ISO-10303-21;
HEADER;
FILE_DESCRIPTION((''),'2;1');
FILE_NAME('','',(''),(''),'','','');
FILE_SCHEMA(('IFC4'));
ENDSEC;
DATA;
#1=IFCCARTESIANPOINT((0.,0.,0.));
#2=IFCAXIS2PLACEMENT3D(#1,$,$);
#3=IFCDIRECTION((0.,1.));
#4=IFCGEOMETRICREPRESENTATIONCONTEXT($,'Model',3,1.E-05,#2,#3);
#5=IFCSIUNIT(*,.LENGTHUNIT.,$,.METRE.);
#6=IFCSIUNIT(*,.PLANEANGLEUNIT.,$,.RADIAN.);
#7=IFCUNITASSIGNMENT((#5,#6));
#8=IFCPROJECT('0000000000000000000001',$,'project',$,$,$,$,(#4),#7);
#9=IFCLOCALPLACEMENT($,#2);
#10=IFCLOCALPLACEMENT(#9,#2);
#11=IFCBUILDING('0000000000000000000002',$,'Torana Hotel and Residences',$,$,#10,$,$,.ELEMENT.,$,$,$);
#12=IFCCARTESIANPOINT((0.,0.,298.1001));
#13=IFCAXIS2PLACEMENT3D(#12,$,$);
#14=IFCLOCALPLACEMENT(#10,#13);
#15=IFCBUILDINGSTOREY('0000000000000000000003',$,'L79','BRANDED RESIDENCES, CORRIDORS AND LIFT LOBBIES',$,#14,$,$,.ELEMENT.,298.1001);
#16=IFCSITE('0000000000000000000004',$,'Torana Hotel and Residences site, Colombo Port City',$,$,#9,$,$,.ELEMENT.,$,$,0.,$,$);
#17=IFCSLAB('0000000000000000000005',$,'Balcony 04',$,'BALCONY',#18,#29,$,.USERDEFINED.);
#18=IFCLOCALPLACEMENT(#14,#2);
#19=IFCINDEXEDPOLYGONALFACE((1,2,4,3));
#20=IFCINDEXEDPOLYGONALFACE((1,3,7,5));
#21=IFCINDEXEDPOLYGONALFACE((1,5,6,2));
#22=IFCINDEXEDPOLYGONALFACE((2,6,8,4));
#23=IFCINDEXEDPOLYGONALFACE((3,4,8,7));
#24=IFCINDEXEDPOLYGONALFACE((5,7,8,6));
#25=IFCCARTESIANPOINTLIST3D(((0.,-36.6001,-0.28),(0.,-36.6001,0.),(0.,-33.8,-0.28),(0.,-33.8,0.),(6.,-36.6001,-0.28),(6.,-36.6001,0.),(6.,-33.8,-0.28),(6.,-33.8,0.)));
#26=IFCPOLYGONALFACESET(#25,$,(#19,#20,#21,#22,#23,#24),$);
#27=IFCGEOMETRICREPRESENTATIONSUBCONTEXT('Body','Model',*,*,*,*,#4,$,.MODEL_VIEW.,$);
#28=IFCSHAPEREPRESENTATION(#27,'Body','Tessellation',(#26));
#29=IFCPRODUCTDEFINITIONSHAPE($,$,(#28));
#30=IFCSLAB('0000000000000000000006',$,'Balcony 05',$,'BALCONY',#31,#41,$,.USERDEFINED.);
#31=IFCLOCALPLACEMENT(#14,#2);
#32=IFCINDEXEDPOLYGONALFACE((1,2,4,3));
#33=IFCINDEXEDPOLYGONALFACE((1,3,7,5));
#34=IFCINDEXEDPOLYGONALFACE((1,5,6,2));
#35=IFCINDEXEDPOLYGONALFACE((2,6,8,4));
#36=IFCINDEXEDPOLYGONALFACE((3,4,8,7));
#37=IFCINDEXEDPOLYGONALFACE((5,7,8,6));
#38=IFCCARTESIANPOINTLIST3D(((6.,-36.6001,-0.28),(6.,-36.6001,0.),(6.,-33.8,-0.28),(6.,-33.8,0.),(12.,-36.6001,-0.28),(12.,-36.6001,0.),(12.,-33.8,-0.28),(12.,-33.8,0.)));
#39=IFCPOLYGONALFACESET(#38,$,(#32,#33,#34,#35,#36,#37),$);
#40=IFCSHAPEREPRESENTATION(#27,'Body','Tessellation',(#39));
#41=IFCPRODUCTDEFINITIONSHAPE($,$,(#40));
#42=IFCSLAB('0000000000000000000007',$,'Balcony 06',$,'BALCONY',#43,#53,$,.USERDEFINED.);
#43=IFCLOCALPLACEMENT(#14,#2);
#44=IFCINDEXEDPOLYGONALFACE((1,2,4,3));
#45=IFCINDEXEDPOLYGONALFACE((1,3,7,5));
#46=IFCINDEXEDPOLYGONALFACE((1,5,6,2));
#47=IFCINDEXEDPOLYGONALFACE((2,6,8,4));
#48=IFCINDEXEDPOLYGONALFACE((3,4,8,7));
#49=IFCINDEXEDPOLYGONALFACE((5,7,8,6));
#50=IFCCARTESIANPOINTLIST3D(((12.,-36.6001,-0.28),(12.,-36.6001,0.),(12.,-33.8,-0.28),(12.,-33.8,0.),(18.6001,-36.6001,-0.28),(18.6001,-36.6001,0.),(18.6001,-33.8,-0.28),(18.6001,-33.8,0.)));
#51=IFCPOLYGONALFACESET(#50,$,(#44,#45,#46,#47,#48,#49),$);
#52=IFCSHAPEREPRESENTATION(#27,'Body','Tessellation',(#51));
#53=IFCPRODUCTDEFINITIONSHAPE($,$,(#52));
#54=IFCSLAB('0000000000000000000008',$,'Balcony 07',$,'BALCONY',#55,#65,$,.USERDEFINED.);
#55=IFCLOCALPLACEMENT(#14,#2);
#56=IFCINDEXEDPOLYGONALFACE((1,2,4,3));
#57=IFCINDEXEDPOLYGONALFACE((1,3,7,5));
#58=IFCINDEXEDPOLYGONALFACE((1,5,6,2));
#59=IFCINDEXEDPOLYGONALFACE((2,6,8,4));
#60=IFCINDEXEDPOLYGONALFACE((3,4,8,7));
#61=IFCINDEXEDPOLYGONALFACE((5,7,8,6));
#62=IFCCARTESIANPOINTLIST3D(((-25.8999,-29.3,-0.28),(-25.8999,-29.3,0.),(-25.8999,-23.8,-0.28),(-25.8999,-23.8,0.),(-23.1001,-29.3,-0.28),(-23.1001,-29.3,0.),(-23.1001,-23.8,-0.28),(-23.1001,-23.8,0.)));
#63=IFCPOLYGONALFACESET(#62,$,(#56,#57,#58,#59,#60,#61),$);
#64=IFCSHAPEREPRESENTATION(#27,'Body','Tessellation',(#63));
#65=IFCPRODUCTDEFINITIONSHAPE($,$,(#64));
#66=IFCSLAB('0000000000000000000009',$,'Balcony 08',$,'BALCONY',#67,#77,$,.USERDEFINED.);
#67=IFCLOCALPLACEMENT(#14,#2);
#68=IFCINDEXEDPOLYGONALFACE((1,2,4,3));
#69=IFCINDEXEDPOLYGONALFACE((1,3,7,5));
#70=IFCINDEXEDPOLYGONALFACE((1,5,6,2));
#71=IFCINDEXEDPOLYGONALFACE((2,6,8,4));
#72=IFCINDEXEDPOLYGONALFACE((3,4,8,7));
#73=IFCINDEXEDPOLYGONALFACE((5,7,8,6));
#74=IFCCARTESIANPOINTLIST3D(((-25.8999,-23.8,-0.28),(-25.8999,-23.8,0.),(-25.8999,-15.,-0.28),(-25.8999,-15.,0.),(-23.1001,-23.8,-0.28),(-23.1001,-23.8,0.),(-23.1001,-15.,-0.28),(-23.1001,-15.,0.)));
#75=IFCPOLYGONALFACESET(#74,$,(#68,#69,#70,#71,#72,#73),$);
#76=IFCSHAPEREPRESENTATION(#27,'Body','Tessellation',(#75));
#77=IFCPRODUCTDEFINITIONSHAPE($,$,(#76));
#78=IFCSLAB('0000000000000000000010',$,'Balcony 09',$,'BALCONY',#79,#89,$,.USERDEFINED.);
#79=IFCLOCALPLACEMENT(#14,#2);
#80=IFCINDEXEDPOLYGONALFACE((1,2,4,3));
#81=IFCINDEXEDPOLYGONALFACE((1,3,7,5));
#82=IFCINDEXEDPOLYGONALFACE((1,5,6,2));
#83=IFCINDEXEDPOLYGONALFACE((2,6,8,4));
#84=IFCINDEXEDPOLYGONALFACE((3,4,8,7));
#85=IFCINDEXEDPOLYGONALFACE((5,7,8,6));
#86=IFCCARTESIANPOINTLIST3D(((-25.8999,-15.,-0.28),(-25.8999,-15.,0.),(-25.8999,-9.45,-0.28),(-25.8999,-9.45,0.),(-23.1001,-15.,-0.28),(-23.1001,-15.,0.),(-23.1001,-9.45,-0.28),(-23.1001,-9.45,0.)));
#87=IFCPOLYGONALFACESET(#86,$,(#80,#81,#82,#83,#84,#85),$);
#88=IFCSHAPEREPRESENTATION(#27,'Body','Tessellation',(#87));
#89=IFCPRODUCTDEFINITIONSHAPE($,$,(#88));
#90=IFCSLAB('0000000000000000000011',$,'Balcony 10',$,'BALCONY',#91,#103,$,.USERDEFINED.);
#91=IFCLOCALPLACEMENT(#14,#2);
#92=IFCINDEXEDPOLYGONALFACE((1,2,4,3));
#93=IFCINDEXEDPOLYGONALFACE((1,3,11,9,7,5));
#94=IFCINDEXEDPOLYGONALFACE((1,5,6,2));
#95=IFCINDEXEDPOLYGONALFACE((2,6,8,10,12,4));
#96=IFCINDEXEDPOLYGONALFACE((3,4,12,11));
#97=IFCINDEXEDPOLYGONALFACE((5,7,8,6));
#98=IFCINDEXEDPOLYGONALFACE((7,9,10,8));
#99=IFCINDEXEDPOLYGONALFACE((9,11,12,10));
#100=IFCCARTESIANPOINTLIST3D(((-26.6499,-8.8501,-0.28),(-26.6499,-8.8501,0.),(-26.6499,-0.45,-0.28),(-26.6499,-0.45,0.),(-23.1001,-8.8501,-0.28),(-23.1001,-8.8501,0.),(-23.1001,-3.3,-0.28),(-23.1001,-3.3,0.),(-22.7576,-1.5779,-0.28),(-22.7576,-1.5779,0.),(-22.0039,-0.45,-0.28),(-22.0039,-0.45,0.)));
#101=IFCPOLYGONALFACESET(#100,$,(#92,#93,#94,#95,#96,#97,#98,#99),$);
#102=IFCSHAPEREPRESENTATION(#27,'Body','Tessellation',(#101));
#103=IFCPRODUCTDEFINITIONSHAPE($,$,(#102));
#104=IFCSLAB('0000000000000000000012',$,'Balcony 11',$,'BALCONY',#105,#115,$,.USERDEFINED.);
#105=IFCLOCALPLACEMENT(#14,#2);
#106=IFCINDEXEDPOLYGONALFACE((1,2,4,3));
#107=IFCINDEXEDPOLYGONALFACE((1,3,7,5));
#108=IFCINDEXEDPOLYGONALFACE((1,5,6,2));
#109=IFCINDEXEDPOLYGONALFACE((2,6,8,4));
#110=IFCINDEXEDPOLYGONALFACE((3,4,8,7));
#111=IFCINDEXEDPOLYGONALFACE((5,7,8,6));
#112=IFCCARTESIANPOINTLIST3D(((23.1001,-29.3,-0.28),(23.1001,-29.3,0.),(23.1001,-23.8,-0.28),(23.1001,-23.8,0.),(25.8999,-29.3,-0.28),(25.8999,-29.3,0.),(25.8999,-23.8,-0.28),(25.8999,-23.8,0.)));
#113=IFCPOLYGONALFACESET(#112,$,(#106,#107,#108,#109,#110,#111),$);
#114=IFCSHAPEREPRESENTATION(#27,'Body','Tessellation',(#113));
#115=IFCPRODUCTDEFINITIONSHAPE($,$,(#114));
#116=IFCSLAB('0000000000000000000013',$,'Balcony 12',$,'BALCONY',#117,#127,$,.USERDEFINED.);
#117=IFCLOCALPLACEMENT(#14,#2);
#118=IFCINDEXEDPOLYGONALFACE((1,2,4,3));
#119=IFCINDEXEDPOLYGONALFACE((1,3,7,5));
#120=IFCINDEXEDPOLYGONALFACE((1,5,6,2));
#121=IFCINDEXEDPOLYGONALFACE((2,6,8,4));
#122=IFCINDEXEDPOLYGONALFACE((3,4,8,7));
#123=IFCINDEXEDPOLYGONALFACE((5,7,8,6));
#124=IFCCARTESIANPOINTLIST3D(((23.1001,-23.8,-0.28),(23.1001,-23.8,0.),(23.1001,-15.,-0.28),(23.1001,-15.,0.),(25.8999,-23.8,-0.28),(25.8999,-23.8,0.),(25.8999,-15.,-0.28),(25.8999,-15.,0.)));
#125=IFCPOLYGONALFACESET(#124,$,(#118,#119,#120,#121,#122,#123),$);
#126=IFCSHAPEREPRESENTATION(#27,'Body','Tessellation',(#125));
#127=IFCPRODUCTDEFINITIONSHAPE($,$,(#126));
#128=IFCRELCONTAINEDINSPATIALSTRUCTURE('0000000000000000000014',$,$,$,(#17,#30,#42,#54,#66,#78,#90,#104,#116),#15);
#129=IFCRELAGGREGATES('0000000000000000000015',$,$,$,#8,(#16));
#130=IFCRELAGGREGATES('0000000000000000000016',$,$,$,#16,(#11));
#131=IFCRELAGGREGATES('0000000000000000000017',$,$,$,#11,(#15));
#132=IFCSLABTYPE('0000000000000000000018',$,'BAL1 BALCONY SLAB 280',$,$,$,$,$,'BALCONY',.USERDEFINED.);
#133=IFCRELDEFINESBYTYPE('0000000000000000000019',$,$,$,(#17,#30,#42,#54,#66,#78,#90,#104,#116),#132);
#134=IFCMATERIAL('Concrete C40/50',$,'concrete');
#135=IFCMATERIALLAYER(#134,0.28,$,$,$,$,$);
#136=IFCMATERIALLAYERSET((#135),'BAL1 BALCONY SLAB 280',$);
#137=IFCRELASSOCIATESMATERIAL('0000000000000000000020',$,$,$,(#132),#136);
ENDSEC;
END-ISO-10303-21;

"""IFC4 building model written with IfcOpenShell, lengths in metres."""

from ifc_helpers import new_model, si_unit, direction, frame, origin, place, context, subcontext, project, spatial, polyline, outline, extrude, material, layer, layer_set, type_object, element, save


model = new_model("IFC4")

# Units and contexts
model_context = context("Model", 3, precision=1e-05, world=origin(), true_north=direction((0.0, 1.0)))
body_context = subcontext(model_context, "Body", "Model", "MODEL_VIEW")
ifc_project = project(units=[si_unit("LENGTHUNIT", "METRE"), si_unit("PLANEANGLEUNIT", "RADIAN")], contexts=[model_context])

# Site, building, storey
site_placement = place(None, origin())
site = spatial("IfcSite", under=ifc_project, at=site_placement, Name="Torana Hotel and Residences site, Colombo Port City", CompositionType="ELEMENT", RefElevation=0.0)
building_placement = place(site_placement, origin())
building = spatial("IfcBuilding", under=site, at=building_placement, Name="Torana Hotel and Residences", CompositionType="ELEMENT")
storey_placement = place(building_placement, frame((0.0, 0.0, 298.1001)))
storey = spatial("IfcBuildingStorey", under=building, at=storey_placement, Name="L79", Description="BRANDED RESIDENCES, CORRIDORS AND LIFT LOBBIES", CompositionType="ELEMENT", Elevation=298.1001)

# Slabs
ifc_material_1 = material(Name="Concrete C40/50", Category="concrete")
ifc_layer_1 = layer(ifc_material_1, 0.28)
ifc_layer_set_1 = layer_set([ifc_layer_1], Name="BAL1 BALCONY SLAB 280")
slab_type = type_object("IfcSlabType", Name="BAL1 BALCONY SLAB 280", ElementType="BALCONY", PredefinedType="USERDEFINED", material=ifc_layer_set_1)
slab_1_placement = place(storey_placement, frame((0.0, 0.0, -0.28)))
element("IfcSlab", 1, at=slab_1_placement, inside=storey, type_object=slab_type, Name="Balcony 04", ObjectType="BALCONY", PredefinedType="USERDEFINED", context=body_context, shape_type="SweptSolid", body=[
    extrude(outline(polyline([(0.0, -36.6001), (6.0, -36.6001), (6.0, -33.8), (0.0, -33.8), (0.0, -36.6001)])), origin(), (0.0, 0.0, 1.0), 0.28),
])
slab_2_placement = place(storey_placement, frame((0.0, 0.0, -0.28)))
element("IfcSlab", 2, at=slab_2_placement, inside=storey, type_object=slab_type, Name="Balcony 05", ObjectType="BALCONY", PredefinedType="USERDEFINED", context=body_context, shape_type="SweptSolid", body=[
    extrude(outline(polyline([(6.0, -36.6001), (12.0, -36.6001), (12.0, -33.8), (6.0, -33.8), (6.0, -36.6001)])), origin(), (0.0, 0.0, 1.0), 0.28),
])
slab_3_placement = place(storey_placement, frame((0.0, 0.0, -0.28)))
element("IfcSlab", 3, at=slab_3_placement, inside=storey, type_object=slab_type, Name="Balcony 06", ObjectType="BALCONY", PredefinedType="USERDEFINED", context=body_context, shape_type="SweptSolid", body=[
    extrude(outline(polyline([(12.0, -36.6001), (18.6001, -36.6001), (18.6001, -33.8), (12.0, -33.8), (12.0, -36.6001)])), origin(), (0.0, 0.0, 1.0), 0.28),
])
slab_4_placement = place(storey_placement, frame((0.0, 0.0, -0.28)))
element("IfcSlab", 4, at=slab_4_placement, inside=storey, type_object=slab_type, Name="Balcony 07", ObjectType="BALCONY", PredefinedType="USERDEFINED", context=body_context, shape_type="SweptSolid", body=[
    extrude(outline(polyline([(-25.8999, -29.3), (-23.1001, -29.3), (-23.1001, -23.8), (-25.8999, -23.8), (-25.8999, -29.3)])), origin(), (0.0, 0.0, 1.0), 0.28),
])
slab_5_placement = place(storey_placement, frame((0.0, 0.0, -0.28)))
element("IfcSlab", 5, at=slab_5_placement, inside=storey, type_object=slab_type, Name="Balcony 08", ObjectType="BALCONY", PredefinedType="USERDEFINED", context=body_context, shape_type="SweptSolid", body=[
    extrude(outline(polyline([(-25.8999, -23.8), (-23.1001, -23.8), (-23.1001, -15.0), (-25.8999, -15.0), (-25.8999, -23.8)])), origin(), (0.0, 0.0, 1.0), 0.28),
])
slab_6_placement = place(storey_placement, frame((0.0, 0.0, -0.28)))
element("IfcSlab", 6, at=slab_6_placement, inside=storey, type_object=slab_type, Name="Balcony 09", ObjectType="BALCONY", PredefinedType="USERDEFINED", context=body_context, shape_type="SweptSolid", body=[
    extrude(outline(polyline([(-25.8999, -15.0), (-23.1001, -15.0), (-23.1001, -9.45), (-25.8999, -9.45), (-25.8999, -15.0)])), origin(), (0.0, 0.0, 1.0), 0.28),
])
slab_7_placement = place(storey_placement, frame((0.0, 0.0, -0.28)))
element("IfcSlab", 7, at=slab_7_placement, inside=storey, type_object=slab_type, Name="Balcony 10", ObjectType="BALCONY", PredefinedType="USERDEFINED", context=body_context, shape_type="SweptSolid", body=[
    extrude(outline(polyline([(-26.6499, -8.8501), (-23.1001, -8.8501), (-23.1001, -3.3), (-22.7576, -1.5779), (-22.0039, -0.45), (-26.6499, -0.45), (-26.6499, -8.8501)])), origin(), (0.0, 0.0, 1.0), 0.28),
])
slab_8_placement = place(storey_placement, frame((0.0, 0.0, -0.28)))
element("IfcSlab", 8, at=slab_8_placement, inside=storey, type_object=slab_type, Name="Balcony 11", ObjectType="BALCONY", PredefinedType="USERDEFINED", context=body_context, shape_type="SweptSolid", body=[
    extrude(outline(polyline([(23.1001, -29.3), (25.8999, -29.3), (25.8999, -23.8), (23.1001, -23.8), (23.1001, -29.3)])), origin(), (0.0, 0.0, 1.0), 0.28),
])
slab_9_placement = place(storey_placement, frame((0.0, 0.0, -0.28)))
element("IfcSlab", 9, at=slab_9_placement, inside=storey, type_object=slab_type, Name="Balcony 12", ObjectType="BALCONY", PredefinedType="USERDEFINED", context=body_context, shape_type="SweptSolid", body=[
    extrude(outline(polyline([(23.1001, -23.8), (25.8999, -23.8), (25.8999, -15.0), (23.1001, -15.0), (23.1001, -23.8)])), origin(), (0.0, 0.0, 1.0), 0.28),
])

save(model, "model.ifc")
